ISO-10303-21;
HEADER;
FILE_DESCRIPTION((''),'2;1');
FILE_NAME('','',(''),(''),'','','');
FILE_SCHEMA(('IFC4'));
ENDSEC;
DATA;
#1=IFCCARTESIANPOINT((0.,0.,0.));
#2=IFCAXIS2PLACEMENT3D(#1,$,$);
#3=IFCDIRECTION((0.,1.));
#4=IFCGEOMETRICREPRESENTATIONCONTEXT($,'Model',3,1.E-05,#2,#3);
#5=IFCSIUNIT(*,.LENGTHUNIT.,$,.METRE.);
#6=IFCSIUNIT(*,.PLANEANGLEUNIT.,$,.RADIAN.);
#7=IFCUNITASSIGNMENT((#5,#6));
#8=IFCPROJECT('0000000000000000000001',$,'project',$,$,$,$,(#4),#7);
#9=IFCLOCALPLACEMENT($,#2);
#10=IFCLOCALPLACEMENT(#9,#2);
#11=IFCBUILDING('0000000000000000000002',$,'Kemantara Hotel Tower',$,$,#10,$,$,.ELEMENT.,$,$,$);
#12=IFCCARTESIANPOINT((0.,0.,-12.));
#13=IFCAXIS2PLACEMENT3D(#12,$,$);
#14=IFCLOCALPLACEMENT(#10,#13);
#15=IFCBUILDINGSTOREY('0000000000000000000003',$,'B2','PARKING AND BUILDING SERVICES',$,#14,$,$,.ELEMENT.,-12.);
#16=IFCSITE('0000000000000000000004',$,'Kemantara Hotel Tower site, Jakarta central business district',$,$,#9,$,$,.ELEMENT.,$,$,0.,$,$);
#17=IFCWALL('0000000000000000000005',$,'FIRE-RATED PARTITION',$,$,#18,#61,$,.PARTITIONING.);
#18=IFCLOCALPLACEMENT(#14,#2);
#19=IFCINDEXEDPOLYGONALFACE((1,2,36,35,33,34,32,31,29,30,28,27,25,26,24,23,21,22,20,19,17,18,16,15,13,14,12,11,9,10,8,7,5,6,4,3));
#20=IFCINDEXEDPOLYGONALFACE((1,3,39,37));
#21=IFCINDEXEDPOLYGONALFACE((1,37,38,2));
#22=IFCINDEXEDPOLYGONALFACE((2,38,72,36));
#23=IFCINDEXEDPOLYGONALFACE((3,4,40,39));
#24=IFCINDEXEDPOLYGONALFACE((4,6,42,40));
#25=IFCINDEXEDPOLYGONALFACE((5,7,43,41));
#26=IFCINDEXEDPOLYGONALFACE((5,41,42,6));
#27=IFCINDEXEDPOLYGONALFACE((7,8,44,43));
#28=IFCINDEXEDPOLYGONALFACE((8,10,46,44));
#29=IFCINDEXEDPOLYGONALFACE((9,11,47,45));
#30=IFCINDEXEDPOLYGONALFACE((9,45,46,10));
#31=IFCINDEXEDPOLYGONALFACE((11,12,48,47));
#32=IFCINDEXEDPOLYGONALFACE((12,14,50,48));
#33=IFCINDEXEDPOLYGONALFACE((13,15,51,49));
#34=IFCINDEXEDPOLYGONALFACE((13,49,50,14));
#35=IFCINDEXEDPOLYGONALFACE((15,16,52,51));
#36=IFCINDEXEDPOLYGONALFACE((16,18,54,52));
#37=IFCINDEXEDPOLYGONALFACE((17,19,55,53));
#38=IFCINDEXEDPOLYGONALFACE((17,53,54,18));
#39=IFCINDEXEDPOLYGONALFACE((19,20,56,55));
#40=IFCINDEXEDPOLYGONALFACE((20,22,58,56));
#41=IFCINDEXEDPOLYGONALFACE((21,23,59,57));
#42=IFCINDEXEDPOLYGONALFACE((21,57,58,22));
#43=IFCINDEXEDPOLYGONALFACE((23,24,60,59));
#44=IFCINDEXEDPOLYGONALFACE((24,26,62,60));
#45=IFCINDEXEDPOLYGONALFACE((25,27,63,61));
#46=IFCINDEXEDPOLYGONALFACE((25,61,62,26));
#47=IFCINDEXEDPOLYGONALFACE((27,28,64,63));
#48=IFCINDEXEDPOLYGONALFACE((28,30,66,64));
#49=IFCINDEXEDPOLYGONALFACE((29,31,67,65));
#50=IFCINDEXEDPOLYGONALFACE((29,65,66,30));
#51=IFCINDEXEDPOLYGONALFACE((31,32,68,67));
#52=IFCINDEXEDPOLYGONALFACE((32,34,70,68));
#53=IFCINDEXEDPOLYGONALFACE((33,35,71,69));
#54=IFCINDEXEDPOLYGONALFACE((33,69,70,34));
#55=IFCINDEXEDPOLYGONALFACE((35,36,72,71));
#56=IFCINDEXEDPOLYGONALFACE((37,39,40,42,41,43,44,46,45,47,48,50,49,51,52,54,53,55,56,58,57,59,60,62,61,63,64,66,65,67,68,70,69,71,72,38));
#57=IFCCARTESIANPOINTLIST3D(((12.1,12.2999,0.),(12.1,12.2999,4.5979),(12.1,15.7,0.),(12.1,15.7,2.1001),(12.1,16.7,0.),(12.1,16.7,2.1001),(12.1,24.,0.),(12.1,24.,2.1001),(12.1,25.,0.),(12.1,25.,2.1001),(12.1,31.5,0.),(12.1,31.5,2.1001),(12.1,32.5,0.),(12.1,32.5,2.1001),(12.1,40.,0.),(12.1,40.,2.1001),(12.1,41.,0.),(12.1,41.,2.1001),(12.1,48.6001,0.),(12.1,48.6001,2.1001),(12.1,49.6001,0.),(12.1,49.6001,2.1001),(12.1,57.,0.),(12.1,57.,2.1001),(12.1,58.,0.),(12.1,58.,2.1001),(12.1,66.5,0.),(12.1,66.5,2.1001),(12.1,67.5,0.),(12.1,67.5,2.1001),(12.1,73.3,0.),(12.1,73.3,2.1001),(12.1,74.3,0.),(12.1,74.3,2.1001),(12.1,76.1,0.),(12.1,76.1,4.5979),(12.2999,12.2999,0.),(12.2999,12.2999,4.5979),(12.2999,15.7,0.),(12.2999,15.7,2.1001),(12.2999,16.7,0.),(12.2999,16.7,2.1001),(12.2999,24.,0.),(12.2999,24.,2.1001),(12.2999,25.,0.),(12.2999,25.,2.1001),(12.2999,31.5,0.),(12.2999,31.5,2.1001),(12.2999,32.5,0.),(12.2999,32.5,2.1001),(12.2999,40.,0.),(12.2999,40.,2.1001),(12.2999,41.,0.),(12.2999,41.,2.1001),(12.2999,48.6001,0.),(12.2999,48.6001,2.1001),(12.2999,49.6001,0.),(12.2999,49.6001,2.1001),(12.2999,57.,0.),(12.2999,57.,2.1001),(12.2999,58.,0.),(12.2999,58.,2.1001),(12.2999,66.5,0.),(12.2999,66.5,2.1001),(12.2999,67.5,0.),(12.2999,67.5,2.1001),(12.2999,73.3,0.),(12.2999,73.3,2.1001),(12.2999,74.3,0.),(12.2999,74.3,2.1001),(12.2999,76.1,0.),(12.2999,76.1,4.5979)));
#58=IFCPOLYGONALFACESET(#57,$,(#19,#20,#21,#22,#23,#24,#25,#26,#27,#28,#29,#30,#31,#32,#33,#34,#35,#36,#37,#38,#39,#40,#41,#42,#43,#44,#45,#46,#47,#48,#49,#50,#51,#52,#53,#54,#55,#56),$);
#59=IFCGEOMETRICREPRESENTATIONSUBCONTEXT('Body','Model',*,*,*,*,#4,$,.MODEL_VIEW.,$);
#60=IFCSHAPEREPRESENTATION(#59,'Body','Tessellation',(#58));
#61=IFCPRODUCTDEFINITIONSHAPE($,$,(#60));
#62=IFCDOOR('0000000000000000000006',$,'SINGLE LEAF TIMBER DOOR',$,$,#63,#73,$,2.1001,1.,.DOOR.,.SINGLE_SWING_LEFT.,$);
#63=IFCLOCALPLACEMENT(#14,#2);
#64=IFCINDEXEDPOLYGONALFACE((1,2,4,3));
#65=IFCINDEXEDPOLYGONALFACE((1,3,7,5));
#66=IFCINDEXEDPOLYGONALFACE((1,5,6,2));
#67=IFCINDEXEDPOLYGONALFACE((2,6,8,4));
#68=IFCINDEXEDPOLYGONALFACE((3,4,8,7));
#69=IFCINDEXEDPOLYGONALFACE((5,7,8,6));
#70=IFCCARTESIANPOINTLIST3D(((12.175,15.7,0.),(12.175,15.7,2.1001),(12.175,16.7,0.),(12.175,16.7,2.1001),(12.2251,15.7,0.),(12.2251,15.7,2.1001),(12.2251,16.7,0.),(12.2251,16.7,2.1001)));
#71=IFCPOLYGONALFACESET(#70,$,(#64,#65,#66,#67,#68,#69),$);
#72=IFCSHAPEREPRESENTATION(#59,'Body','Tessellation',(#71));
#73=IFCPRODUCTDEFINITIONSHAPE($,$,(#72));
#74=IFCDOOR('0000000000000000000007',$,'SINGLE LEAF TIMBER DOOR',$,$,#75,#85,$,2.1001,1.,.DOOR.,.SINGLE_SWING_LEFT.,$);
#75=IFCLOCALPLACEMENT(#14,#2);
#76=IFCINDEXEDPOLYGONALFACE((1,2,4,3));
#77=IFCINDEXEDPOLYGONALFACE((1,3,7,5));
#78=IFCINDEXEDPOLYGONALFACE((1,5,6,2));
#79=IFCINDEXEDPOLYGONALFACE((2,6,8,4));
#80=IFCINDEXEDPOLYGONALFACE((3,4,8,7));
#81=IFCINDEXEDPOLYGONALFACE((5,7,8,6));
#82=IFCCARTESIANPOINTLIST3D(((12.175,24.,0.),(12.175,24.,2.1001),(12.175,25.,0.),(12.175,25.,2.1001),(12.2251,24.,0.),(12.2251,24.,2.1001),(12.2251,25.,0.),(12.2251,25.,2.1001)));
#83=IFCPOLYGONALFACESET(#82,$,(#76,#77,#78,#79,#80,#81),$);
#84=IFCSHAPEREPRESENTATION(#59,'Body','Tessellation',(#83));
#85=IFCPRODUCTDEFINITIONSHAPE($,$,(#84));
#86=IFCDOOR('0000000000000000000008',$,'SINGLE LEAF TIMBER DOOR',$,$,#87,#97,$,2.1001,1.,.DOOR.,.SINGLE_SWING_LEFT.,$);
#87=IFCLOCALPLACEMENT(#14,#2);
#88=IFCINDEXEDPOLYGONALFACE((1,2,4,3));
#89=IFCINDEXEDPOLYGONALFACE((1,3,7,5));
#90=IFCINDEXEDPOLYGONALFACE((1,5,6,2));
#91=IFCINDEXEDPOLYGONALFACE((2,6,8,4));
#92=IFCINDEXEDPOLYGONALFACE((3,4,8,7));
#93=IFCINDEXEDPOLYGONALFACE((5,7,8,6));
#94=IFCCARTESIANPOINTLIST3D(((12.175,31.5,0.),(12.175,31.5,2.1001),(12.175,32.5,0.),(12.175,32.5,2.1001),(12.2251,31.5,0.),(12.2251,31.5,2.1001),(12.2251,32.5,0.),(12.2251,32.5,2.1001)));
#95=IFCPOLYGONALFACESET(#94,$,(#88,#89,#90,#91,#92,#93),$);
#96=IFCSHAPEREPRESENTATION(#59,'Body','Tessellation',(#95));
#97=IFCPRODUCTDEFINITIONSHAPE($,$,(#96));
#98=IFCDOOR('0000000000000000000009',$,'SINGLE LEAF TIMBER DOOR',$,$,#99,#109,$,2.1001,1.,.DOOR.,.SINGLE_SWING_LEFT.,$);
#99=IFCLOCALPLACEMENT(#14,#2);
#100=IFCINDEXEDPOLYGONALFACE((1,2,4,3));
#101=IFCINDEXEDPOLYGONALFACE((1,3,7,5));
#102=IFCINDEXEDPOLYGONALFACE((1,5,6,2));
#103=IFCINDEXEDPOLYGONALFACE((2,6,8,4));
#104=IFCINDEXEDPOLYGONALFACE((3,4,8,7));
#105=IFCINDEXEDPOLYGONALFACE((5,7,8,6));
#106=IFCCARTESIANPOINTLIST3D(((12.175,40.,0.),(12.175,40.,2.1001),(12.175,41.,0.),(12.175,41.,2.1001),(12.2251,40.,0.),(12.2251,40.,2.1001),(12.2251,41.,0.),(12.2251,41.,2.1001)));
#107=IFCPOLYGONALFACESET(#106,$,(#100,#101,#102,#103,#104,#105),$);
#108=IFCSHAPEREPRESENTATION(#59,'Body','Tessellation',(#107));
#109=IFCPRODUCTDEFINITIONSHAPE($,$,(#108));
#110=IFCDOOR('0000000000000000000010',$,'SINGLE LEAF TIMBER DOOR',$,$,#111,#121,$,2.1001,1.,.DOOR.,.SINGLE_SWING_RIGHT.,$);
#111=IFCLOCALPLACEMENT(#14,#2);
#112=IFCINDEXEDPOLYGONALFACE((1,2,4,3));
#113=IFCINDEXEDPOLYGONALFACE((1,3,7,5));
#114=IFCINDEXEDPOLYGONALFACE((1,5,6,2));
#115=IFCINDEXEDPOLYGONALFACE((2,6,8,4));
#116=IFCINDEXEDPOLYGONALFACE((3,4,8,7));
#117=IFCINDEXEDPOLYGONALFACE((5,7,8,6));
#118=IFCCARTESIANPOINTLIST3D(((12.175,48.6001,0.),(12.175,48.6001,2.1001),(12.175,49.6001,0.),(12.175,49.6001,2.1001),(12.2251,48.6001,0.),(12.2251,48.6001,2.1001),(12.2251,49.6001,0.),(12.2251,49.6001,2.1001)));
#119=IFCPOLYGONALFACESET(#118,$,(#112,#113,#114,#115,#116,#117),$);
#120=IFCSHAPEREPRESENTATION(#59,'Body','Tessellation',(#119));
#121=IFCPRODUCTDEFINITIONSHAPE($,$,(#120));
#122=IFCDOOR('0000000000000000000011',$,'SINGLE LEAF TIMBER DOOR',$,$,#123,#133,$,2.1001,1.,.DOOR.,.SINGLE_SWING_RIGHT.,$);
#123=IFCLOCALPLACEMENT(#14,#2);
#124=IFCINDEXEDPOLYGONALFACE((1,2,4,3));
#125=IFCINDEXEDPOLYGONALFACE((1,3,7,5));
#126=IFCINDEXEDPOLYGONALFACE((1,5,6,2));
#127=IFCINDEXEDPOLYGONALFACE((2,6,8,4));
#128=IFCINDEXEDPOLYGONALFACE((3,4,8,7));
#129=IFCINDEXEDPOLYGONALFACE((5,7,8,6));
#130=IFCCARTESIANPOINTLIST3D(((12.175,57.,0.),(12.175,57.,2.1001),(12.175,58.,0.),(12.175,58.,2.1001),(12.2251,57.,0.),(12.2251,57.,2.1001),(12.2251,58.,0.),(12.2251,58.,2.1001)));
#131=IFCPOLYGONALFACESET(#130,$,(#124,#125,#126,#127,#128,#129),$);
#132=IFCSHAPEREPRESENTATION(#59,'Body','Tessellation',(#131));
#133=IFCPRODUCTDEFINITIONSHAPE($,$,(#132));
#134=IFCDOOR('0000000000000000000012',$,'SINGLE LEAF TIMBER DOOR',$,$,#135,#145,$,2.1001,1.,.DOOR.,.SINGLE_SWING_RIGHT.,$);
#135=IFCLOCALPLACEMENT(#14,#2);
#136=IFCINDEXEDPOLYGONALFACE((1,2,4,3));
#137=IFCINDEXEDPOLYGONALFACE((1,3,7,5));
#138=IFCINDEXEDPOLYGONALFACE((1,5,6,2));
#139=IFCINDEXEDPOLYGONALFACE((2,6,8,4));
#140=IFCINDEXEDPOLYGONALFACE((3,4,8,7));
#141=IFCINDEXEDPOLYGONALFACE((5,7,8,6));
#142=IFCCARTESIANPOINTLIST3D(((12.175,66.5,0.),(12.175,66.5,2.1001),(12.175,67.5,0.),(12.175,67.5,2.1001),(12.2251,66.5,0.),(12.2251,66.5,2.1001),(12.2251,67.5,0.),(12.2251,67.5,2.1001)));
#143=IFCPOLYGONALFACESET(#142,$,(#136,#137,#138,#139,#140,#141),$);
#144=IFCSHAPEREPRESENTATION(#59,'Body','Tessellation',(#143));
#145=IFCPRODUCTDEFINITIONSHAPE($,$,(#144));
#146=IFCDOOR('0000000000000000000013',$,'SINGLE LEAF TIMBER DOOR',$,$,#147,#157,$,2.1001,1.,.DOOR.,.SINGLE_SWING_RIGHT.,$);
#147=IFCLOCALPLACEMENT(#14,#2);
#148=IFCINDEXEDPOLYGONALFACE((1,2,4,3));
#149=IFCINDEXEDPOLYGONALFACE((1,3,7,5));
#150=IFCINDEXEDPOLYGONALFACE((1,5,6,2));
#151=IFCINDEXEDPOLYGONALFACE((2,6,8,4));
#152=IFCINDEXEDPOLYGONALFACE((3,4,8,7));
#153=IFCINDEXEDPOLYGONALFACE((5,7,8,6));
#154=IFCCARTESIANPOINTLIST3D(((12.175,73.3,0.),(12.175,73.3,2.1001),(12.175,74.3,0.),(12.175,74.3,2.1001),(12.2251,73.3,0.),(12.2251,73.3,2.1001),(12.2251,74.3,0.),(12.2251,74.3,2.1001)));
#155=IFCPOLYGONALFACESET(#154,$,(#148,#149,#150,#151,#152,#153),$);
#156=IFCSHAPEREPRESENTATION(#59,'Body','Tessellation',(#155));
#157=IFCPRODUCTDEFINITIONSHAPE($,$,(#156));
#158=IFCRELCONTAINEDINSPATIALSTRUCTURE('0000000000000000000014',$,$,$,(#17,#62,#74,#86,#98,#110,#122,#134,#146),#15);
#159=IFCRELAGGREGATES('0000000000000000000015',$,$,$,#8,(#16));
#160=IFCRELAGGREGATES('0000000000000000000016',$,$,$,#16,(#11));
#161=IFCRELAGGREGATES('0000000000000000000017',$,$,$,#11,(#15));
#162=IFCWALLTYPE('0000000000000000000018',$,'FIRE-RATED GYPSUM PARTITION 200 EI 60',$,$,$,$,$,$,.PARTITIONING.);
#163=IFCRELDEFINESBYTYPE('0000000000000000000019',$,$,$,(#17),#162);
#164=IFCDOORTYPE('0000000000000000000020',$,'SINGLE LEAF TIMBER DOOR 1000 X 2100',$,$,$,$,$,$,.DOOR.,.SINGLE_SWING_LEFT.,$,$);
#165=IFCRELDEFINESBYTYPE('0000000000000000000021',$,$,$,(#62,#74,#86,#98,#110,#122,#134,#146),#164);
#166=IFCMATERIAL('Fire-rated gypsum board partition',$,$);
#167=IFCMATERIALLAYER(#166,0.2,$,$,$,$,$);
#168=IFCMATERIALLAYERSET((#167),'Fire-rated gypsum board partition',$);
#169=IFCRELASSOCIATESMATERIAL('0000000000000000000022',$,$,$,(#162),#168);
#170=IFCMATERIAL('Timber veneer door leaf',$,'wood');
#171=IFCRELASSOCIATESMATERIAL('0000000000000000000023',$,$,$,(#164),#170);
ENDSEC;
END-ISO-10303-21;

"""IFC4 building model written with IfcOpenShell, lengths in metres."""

from ifc_helpers import new_model, si_unit, direction, frame, frame_2d, origin, place, context, subcontext, project, spatial, rectangle, extrude, material, layer, layer_set, type_object, element, fill, save


model = new_model("IFC4")

# Units and contexts
model_context = context("Model", 3, precision=1e-05, world=origin(), true_north=direction((0.0, 1.0)))
body_context = subcontext(model_context, "Body", "Model", "MODEL_VIEW")
ifc_project = project(units=[si_unit("LENGTHUNIT", "METRE"), si_unit("PLANEANGLEUNIT", "RADIAN")], contexts=[model_context])

# Site, building, storey
site_placement = place(None, origin())
site = spatial("IfcSite", under=ifc_project, at=site_placement, Name="Kemantara Hotel Tower site, Jakarta central business district", CompositionType="ELEMENT", RefElevation=0.0)
building_placement = place(site_placement, origin())
building = spatial("IfcBuilding", under=site, at=building_placement, Name="Kemantara Hotel Tower", CompositionType="ELEMENT")
storey_placement = place(building_placement, frame((0.0, 0.0, -12.0)))
storey = spatial("IfcBuildingStorey", under=building, at=storey_placement, Name="B2", Description="PARKING AND BUILDING SERVICES", CompositionType="ELEMENT", Elevation=-12.0)

# Shared definitions
ifc_material_1 = material(Name="Fire-rated gypsum board partition")
ifc_layer_1 = layer(ifc_material_1, 0.2)
ifc_layer_set_1 = layer_set([ifc_layer_1], Name="Fire-rated gypsum board partition")
wall_type_1 = type_object("IfcWallType", Name="FIRE-RATED GYPSUM PARTITION 200 EI 60", PredefinedType="PARTITIONING", material=ifc_layer_set_1)

# Wall, openings, doors
wall_1_placement = place(storey_placement, frame((12.2, 12.3, 0.0), z_axis=(0.0, 0.0, 1.0), x_axis=(0.0, 1.0, 0.0)))
wall_1 = element("IfcWall", 1, at=wall_1_placement, inside=storey, type_object=wall_type_1, Name="FIRE-RATED PARTITION", PredefinedType="PARTITIONING", context=body_context, shape_type="SweptSolid", body=[
    extrude(rectangle(XDim=63.8, YDim=0.2, at=frame_2d((31.8999, 0.0))), origin(), (0.0, 0.0, 1.0), 4.5979),
])
opening_1_placement = place(wall_1_placement, frame((3.3999, 0.0, 0.0)))
opening_1 = element("IfcOpeningElement", 2, at=opening_1_placement, cuts=wall_1, PredefinedType="OPENING", context=body_context, shape_type="SweptSolid", body=[
    extrude(rectangle(XDim=1.0, YDim=2.1001, at=frame_2d((0.5, 1.05))), frame((0.0, 0.1099, 0.0), z_axis=(0.0, -1.0, 0.0), x_axis=(1.0, 0.0, 0.0)), (0.0, 0.0, 1.0), 0.22),
])
opening_2_placement = place(wall_1_placement, frame((11.7, 0.0, 0.0)))
opening_2 = element("IfcOpeningElement", 3, at=opening_2_placement, cuts=wall_1, PredefinedType="OPENING", context=body_context, shape_type="SweptSolid", body=[
    extrude(rectangle(XDim=1.0, YDim=2.1001, at=frame_2d((0.5, 1.05))), frame((0.0, 0.1099, 0.0), z_axis=(0.0, -1.0, 0.0), x_axis=(1.0, 0.0, 0.0)), (0.0, 0.0, 1.0), 0.22),
])
opening_3_placement = place(wall_1_placement, frame((19.2, 0.0, 0.0)))
opening_3 = element("IfcOpeningElement", 4, at=opening_3_placement, cuts=wall_1, PredefinedType="OPENING", context=body_context, shape_type="SweptSolid", body=[
    extrude(rectangle(XDim=1.0, YDim=2.1001, at=frame_2d((0.5, 1.05))), frame((0.0, 0.1099, 0.0), z_axis=(0.0, -1.0, 0.0), x_axis=(1.0, 0.0, 0.0)), (0.0, 0.0, 1.0), 0.22),
])
opening_4_placement = place(wall_1_placement, frame((27.7, 0.0, 0.0)))
opening_4 = element("IfcOpeningElement", 5, at=opening_4_placement, cuts=wall_1, PredefinedType="OPENING", context=body_context, shape_type="SweptSolid", body=[
    extrude(rectangle(XDim=1.0, YDim=2.1001, at=frame_2d((0.5, 1.05))), frame((0.0, 0.1099, 0.0), z_axis=(0.0, -1.0, 0.0), x_axis=(1.0, 0.0, 0.0)), (0.0, 0.0, 1.0), 0.22),
])
opening_5_placement = place(wall_1_placement, frame((36.3, 0.0, 0.0)))
opening_5 = element("IfcOpeningElement", 6, at=opening_5_placement, cuts=wall_1, PredefinedType="OPENING", context=body_context, shape_type="SweptSolid", body=[
    extrude(rectangle(XDim=1.0, YDim=2.1001, at=frame_2d((0.5, 1.05))), frame((0.0, 0.1099, 0.0), z_axis=(0.0, -1.0, 0.0), x_axis=(1.0, 0.0, 0.0)), (0.0, 0.0, 1.0), 0.22),
])
opening_6_placement = place(wall_1_placement, frame((44.7, 0.0, 0.0)))
opening_6 = element("IfcOpeningElement", 7, at=opening_6_placement, cuts=wall_1, PredefinedType="OPENING", context=body_context, shape_type="SweptSolid", body=[
    extrude(rectangle(XDim=1.0, YDim=2.1001, at=frame_2d((0.5, 1.05))), frame((0.0, 0.1099, 0.0), z_axis=(0.0, -1.0, 0.0), x_axis=(1.0, 0.0, 0.0)), (0.0, 0.0, 1.0), 0.22),
])
opening_7_placement = place(wall_1_placement, frame((54.2, 0.0, 0.0)))
opening_7 = element("IfcOpeningElement", 8, at=opening_7_placement, cuts=wall_1, PredefinedType="OPENING", context=body_context, shape_type="SweptSolid", body=[
    extrude(rectangle(XDim=1.0, YDim=2.1001, at=frame_2d((0.5, 1.05))), frame((0.0, 0.1099, 0.0), z_axis=(0.0, -1.0, 0.0), x_axis=(1.0, 0.0, 0.0)), (0.0, 0.0, 1.0), 0.22),
])
opening_8_placement = place(wall_1_placement, frame((61.0, 0.0, 0.0)))
opening_8 = element("IfcOpeningElement", 9, at=opening_8_placement, cuts=wall_1, PredefinedType="OPENING", context=body_context, shape_type="SweptSolid", body=[
    extrude(rectangle(XDim=1.0, YDim=2.1001, at=frame_2d((0.5, 1.05))), frame((0.0, 0.1099, 0.0), z_axis=(0.0, -1.0, 0.0), x_axis=(1.0, 0.0, 0.0)), (0.0, 0.0, 1.0), 0.22),
])
ifc_material_2 = material(Name="Timber veneer door leaf", Category="wood")
door_type = type_object("IfcDoorType", Name="SINGLE LEAF TIMBER DOOR 1000 X 2100", OperationType="SINGLE_SWING_LEFT", PredefinedType="DOOR", material=ifc_material_2)
door_1_placement = place(opening_1_placement, origin())
door_1 = element("IfcDoor", 10, at=door_1_placement, inside=storey, type_object=door_type, Name="SINGLE LEAF TIMBER DOOR", OperationType="SINGLE_SWING_LEFT", OverallHeight=2.1001, OverallWidth=1.0, PredefinedType="DOOR", context=body_context, shape_type="SweptSolid", body=[
    extrude(rectangle(XDim=1.0, YDim=2.1001, at=frame_2d((0.5, 1.05))), frame((0.0, 0.0249, 0.0), z_axis=(0.0, -1.0, 0.0), x_axis=(1.0, 0.0, 0.0)), (0.0, 0.0, 1.0), 0.05),
])
fill(opening_1, door_1)
door_2_placement = place(opening_2_placement, origin())
door_2 = element("IfcDoor", 11, at=door_2_placement, inside=storey, type_object=door_type, Name="SINGLE LEAF TIMBER DOOR", OperationType="SINGLE_SWING_LEFT", OverallHeight=2.1001, OverallWidth=1.0, PredefinedType="DOOR", context=body_context, shape_type="SweptSolid", body=[
    extrude(rectangle(XDim=1.0, YDim=2.1001, at=frame_2d((0.5, 1.05))), frame((0.0, 0.0249, 0.0), z_axis=(0.0, -1.0, 0.0), x_axis=(1.0, 0.0, 0.0)), (0.0, 0.0, 1.0), 0.05),
])
fill(opening_2, door_2)
door_3_placement = place(opening_3_placement, origin())
door_3 = element("IfcDoor", 12, at=door_3_placement, inside=storey, type_object=door_type, Name="SINGLE LEAF TIMBER DOOR", OperationType="SINGLE_SWING_LEFT", OverallHeight=2.1001, OverallWidth=1.0, PredefinedType="DOOR", context=body_context, shape_type="SweptSolid", body=[
    extrude(rectangle(XDim=1.0, YDim=2.1001, at=frame_2d((0.5, 1.05))), frame((0.0, 0.0249, 0.0), z_axis=(0.0, -1.0, 0.0), x_axis=(1.0, 0.0, 0.0)), (0.0, 0.0, 1.0), 0.05),
])
fill(opening_3, door_3)
door_4_placement = place(opening_4_placement, origin())
door_4 = element("IfcDoor", 13, at=door_4_placement, inside=storey, type_object=door_type, Name="SINGLE LEAF TIMBER DOOR", OperationType="SINGLE_SWING_LEFT", OverallHeight=2.1001, OverallWidth=1.0, PredefinedType="DOOR", context=body_context, shape_type="SweptSolid", body=[
    extrude(rectangle(XDim=1.0, YDim=2.1001, at=frame_2d((0.5, 1.05))), frame((0.0, 0.0249, 0.0), z_axis=(0.0, -1.0, 0.0), x_axis=(1.0, 0.0, 0.0)), (0.0, 0.0, 1.0), 0.05),
])
fill(opening_4, door_4)
door_5_placement = place(opening_5_placement, origin())
door_5 = element("IfcDoor", 14, at=door_5_placement, inside=storey, type_object=door_type, Name="SINGLE LEAF TIMBER DOOR", OperationType="SINGLE_SWING_RIGHT", OverallHeight=2.1001, OverallWidth=1.0, PredefinedType="DOOR", context=body_context, shape_type="SweptSolid", body=[
    extrude(rectangle(XDim=1.0, YDim=2.1001, at=frame_2d((0.5, 1.05))), frame((0.0, 0.0249, 0.0), z_axis=(0.0, -1.0, 0.0), x_axis=(1.0, 0.0, 0.0)), (0.0, 0.0, 1.0), 0.05),
])
fill(opening_5, door_5)
door_6_placement = place(opening_6_placement, origin())
door_6 = element("IfcDoor", 15, at=door_6_placement, inside=storey, type_object=door_type, Name="SINGLE LEAF TIMBER DOOR", OperationType="SINGLE_SWING_RIGHT", OverallHeight=2.1001, OverallWidth=1.0, PredefinedType="DOOR", context=body_context, shape_type="SweptSolid", body=[
    extrude(rectangle(XDim=1.0, YDim=2.1001, at=frame_2d((0.5, 1.05))), frame((0.0, 0.0249, 0.0), z_axis=(0.0, -1.0, 0.0), x_axis=(1.0, 0.0, 0.0)), (0.0, 0.0, 1.0), 0.05),
])
fill(opening_6, door_6)
door_7_placement = place(opening_7_placement, origin())
door_7 = element("IfcDoor", 16, at=door_7_placement, inside=storey, type_object=door_type, Name="SINGLE LEAF TIMBER DOOR", OperationType="SINGLE_SWING_RIGHT", OverallHeight=2.1001, OverallWidth=1.0, PredefinedType="DOOR", context=body_context, shape_type="SweptSolid", body=[
    extrude(rectangle(XDim=1.0, YDim=2.1001, at=frame_2d((0.5, 1.05))), frame((0.0, 0.0249, 0.0), z_axis=(0.0, -1.0, 0.0), x_axis=(1.0, 0.0, 0.0)), (0.0, 0.0, 1.0), 0.05),
])
fill(opening_7, door_7)
door_8_placement = place(opening_8_placement, origin())
door_8 = element("IfcDoor", 17, at=door_8_placement, inside=storey, type_object=door_type, Name="SINGLE LEAF TIMBER DOOR", OperationType="SINGLE_SWING_RIGHT", OverallHeight=2.1001, OverallWidth=1.0, PredefinedType="DOOR", context=body_context, shape_type="SweptSolid", body=[
    extrude(rectangle(XDim=1.0, YDim=2.1001, at=frame_2d((0.5, 1.05))), frame((0.0, 0.0249, 0.0), z_axis=(0.0, -1.0, 0.0), x_axis=(1.0, 0.0, 0.0)), (0.0, 0.0, 1.0), 0.05),
])
fill(opening_8, door_8)

save(model, "model.ifc")
